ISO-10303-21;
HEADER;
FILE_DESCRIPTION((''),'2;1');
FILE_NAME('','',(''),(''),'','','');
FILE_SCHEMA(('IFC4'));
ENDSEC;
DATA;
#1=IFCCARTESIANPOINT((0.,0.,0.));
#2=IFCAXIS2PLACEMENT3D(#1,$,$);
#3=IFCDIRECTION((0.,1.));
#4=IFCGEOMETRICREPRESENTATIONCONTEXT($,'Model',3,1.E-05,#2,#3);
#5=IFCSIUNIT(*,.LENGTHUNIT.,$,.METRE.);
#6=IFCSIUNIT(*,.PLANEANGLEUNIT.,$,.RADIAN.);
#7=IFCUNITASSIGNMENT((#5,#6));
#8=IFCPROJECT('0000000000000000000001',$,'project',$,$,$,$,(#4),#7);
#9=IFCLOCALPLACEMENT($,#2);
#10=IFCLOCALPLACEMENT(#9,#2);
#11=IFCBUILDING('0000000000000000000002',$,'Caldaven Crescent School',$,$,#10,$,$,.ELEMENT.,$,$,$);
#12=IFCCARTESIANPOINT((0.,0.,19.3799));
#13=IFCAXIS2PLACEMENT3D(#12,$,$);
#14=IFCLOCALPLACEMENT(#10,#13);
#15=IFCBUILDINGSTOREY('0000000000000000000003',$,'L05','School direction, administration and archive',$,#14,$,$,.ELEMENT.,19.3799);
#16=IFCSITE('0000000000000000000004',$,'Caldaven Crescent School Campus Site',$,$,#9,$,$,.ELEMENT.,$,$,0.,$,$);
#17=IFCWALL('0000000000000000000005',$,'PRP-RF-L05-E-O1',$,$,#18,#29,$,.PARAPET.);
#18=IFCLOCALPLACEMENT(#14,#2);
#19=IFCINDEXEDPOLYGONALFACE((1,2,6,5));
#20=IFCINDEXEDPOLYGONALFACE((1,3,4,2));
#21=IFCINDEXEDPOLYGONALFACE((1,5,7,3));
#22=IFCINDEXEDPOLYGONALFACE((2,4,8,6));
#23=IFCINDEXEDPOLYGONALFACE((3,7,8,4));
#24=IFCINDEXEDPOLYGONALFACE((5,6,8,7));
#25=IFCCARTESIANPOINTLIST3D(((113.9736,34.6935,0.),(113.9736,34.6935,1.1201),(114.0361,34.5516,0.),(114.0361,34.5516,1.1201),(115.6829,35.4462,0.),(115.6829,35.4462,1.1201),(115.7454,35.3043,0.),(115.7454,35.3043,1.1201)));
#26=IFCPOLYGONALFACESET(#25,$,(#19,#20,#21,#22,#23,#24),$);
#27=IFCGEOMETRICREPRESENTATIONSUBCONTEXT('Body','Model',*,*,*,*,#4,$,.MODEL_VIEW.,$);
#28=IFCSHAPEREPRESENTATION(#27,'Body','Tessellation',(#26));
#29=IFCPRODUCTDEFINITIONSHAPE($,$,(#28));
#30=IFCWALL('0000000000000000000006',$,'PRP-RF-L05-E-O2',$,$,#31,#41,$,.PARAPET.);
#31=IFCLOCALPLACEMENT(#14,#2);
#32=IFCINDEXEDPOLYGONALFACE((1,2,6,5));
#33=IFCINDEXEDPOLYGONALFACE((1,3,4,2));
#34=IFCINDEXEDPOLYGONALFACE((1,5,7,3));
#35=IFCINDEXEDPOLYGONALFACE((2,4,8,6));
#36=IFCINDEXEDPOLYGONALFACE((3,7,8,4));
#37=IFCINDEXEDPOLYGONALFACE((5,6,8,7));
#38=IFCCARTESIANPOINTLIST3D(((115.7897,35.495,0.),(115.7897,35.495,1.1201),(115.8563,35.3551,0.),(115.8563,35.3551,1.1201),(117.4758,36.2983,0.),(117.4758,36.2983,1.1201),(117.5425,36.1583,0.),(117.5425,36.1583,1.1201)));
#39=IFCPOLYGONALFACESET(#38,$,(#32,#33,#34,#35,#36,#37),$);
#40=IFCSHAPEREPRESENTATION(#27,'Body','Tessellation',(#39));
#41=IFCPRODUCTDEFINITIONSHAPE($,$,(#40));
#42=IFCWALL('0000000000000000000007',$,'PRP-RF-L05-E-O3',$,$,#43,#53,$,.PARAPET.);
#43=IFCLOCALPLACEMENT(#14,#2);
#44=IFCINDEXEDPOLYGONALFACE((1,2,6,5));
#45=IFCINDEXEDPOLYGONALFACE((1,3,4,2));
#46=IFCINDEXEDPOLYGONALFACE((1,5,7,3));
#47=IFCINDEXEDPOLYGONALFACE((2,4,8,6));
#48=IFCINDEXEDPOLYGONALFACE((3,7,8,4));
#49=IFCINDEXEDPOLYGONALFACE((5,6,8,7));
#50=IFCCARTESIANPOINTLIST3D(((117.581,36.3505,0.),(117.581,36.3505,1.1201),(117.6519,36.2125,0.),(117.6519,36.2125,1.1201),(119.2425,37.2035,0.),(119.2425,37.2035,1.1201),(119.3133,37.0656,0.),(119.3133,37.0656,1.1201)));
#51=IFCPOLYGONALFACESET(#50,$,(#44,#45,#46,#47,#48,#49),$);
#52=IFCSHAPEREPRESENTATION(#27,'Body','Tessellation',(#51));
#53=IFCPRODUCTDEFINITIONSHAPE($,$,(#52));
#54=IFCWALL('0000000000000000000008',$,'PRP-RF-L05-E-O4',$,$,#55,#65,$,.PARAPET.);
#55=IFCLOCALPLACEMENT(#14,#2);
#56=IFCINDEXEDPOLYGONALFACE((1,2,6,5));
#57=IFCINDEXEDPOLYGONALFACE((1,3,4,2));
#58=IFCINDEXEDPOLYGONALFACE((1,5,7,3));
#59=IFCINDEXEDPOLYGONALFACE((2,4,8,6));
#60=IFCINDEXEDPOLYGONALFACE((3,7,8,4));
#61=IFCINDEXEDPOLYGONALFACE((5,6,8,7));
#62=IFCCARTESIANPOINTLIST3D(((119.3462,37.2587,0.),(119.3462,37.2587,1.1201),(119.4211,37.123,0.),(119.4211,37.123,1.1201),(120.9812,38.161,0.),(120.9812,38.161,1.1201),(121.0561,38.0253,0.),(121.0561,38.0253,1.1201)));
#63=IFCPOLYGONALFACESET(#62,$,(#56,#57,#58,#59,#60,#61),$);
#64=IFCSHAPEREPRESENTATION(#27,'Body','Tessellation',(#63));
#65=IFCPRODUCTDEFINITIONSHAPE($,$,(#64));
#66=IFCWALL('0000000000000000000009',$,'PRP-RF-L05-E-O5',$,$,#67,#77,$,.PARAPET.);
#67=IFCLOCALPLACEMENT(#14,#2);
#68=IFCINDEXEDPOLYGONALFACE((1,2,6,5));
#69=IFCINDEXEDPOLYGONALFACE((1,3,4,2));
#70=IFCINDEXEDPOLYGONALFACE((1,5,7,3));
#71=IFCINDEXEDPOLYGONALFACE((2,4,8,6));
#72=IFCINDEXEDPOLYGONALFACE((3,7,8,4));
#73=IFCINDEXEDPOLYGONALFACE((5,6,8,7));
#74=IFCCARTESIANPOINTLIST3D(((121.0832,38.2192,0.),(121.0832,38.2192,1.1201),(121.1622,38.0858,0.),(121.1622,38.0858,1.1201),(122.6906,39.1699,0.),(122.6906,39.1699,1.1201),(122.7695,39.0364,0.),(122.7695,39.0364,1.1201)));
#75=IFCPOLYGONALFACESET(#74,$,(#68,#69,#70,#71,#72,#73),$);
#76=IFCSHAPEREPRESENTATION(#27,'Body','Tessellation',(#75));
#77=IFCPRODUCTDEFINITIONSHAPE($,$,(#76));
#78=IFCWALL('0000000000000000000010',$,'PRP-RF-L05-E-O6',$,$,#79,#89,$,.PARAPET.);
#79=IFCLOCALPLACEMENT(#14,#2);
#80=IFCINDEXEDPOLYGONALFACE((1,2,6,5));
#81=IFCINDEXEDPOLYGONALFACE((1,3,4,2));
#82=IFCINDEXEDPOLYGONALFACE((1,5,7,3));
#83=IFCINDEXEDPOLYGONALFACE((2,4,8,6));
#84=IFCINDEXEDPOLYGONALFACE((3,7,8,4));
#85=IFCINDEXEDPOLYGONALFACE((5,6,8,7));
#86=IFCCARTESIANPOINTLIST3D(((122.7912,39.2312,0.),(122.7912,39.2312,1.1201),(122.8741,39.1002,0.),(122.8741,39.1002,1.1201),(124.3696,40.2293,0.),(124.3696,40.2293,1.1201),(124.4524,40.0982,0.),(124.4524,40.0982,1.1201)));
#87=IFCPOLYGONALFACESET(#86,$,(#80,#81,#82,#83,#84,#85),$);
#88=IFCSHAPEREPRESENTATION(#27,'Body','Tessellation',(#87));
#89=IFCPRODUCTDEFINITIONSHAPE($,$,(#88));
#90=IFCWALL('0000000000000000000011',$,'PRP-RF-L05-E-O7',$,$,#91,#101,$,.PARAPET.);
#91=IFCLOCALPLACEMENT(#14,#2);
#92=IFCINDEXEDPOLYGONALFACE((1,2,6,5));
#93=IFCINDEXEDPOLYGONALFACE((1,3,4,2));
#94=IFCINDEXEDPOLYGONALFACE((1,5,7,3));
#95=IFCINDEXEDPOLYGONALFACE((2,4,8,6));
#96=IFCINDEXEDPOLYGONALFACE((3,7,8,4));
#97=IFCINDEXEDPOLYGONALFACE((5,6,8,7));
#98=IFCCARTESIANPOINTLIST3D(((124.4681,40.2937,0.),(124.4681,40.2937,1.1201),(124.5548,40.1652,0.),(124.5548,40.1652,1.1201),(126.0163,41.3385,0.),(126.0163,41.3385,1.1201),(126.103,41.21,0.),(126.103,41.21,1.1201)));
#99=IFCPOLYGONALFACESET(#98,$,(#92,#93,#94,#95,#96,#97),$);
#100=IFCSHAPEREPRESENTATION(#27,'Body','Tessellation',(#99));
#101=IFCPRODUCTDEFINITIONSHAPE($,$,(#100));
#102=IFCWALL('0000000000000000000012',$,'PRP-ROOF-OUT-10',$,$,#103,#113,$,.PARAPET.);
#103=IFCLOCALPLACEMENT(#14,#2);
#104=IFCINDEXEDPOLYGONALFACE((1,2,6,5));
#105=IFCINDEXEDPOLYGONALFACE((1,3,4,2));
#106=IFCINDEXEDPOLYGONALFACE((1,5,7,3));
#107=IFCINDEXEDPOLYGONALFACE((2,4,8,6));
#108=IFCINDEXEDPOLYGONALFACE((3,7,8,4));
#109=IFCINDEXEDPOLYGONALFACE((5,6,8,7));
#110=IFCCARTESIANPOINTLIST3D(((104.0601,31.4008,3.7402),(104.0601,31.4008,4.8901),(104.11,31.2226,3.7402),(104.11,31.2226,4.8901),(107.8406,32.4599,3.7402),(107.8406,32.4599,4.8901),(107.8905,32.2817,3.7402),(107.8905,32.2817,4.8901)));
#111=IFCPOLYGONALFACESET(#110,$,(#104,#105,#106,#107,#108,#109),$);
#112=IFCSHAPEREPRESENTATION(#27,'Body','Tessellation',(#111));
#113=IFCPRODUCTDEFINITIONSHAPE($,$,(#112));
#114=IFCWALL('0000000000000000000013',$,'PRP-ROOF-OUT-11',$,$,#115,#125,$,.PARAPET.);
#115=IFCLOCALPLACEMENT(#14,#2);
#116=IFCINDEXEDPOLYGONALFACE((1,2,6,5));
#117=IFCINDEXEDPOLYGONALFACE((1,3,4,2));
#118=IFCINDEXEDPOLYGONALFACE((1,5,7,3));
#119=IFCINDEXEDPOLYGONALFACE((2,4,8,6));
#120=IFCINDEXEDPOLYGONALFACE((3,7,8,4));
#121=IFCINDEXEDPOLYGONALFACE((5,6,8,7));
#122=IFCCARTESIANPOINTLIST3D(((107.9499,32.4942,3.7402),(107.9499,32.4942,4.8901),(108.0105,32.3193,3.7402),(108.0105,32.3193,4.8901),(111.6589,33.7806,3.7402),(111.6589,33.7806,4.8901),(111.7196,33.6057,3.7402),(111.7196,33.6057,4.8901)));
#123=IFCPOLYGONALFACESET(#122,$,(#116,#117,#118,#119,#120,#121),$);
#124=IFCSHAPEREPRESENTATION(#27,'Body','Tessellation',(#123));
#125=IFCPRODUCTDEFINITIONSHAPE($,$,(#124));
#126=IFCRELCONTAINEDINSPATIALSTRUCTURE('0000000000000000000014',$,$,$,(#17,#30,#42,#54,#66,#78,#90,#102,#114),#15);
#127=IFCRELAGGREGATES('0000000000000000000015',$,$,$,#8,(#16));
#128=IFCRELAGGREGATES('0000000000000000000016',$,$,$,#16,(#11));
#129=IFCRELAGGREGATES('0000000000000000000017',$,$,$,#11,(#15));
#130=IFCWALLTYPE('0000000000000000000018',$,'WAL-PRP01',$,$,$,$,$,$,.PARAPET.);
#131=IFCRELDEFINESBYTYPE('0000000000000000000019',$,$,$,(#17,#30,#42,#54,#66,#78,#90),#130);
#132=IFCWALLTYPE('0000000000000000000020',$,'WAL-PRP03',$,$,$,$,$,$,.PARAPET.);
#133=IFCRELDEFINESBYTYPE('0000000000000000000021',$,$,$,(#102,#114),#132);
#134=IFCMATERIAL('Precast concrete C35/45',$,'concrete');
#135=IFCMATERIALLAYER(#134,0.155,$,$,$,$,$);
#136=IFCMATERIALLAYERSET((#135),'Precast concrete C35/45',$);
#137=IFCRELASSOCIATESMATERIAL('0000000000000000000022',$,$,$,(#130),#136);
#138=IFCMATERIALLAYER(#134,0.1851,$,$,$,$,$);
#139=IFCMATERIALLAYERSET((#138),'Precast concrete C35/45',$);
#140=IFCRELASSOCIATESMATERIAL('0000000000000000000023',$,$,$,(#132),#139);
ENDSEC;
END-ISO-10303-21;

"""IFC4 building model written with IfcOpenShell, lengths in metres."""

from ifc_helpers import new_model, si_unit, direction, frame, frame_2d, origin, place, context, subcontext, project, spatial, rectangle, extrude, material, layer, layer_set, type_object, element, save


model = new_model("IFC4")

# Units and contexts
model_context = context("Model", 3, precision=1e-05, world=origin(), true_north=direction((0.0, 1.0)))
body_context = subcontext(model_context, "Body", "Model", "MODEL_VIEW")
ifc_project = project(units=[si_unit("LENGTHUNIT", "METRE"), si_unit("PLANEANGLEUNIT", "RADIAN")], contexts=[model_context])

# Site, building, storey
site_placement = place(None, origin())
site = spatial("IfcSite", under=ifc_project, at=site_placement, Name="Caldaven Crescent School Campus Site", CompositionType="ELEMENT", RefElevation=0.0)
building_placement = place(site_placement, origin())
building = spatial("IfcBuilding", under=site, at=building_placement, Name="Caldaven Crescent School", CompositionType="ELEMENT")
storey_placement = place(building_placement, frame((0.0, 0.0, 19.3799)))
storey = spatial("IfcBuildingStorey", under=building, at=storey_placement, Name="L05", Description="School direction, administration and archive", CompositionType="ELEMENT", Elevation=19.3799)

# Shared definitions
ifc_material_1 = material(Name="Precast concrete C35/45", Category="concrete")

# Walls
ifc_layer_1 = layer(ifc_material_1, 0.155)
ifc_layer_set_1 = layer_set([ifc_layer_1], Name="Precast concrete C35/45")
wall_type_1 = type_object("IfcWallType", Name="WAL-PRP01", PredefinedType="PARAPET", material=ifc_layer_set_1)
for number, where, z_axis, x_axis, name in (
    (1, (114.0049, 34.6226, 0.0), (0.0, 0.0, 1.0), (0.915192, 0.403019, 0.0), "PRP-RF-L05-E-O1"),
    (2, (115.823, 35.425, 0.0), (0.0, 0.0, 1.0), (0.902788, 0.430086, 0.0), "PRP-RF-L05-E-O2"),
    (3, (117.6165, 36.2815, 0.0), (0.0, 0.0, 1.0), (0.889591, 0.456757, 0.0), "PRP-RF-L05-E-O3"),
):
    element("IfcWall", number, at=place(storey_placement, frame(where, z_axis=z_axis, x_axis=x_axis)), inside=storey, type_object=wall_type_1, Name=name, PredefinedType="PARAPET", context=body_context, shape_type="SweptSolid", body=[
        extrude(rectangle(XDim=1.8677, YDim=0.155, at=frame_2d((0.9338, 0.0))), origin(), (0.0, 0.0, 1.0), 1.1201),
    ])
for number, where, z_axis, x_axis, name in (
    (4, (119.3838, 37.1909, 0.0), (0.0, 0.0, 1.0), (0.875517, 0.483188, 0.0), "PRP-RF-L05-E-O4"),
    (5, (121.1228, 38.1526, 0.0), (0.0, 0.0, 1.0), (0.860729, 0.509064, 0.0), "PRP-RF-L05-E-O5"),
    (6, (122.8328, 39.1658, 0.0), (0.0, 0.0, 1.0), (0.845203, 0.534445, 0.0), "PRP-RF-L05-E-O6"),
):
    element("IfcWall", number, at=place(storey_placement, frame(where, z_axis=z_axis, x_axis=x_axis)), inside=storey, type_object=wall_type_1, Name=name, PredefinedType="PARAPET", context=body_context, shape_type="SweptSolid", body=[
        extrude(rectangle(XDim=1.8674, YDim=0.155, at=frame_2d((0.9336, 0.0))), origin(), (0.0, 0.0, 1.0), 1.1201),
    ])
wall_1_placement = place(storey_placement, frame((124.5115, 40.2295, 0.0), z_axis=(0.0, 0.0, 1.0), x_axis=(0.82892, 0.559367, 0.0)))
element("IfcWall", 7, at=wall_1_placement, inside=storey, type_object=wall_type_1, Name="PRP-RF-L05-E-O7", PredefinedType="PARAPET", context=body_context, shape_type="SweptSolid", body=[
    extrude(rectangle(XDim=1.8677, YDim=0.155, at=frame_2d((0.9338, 0.0))), origin(), (0.0, 0.0, 1.0), 1.1201),
])
ifc_layer_2 = layer(ifc_material_1, 0.1851)
ifc_layer_set_2 = layer_set([ifc_layer_2], Name="Precast concrete C35/45")
wall_type_2 = type_object("IfcWallType", Name="WAL-PRP03", PredefinedType="PARAPET", material=ifc_layer_set_2)
wall_2_placement = place(storey_placement, frame((104.0852, 31.3118, 3.7402), z_axis=(0.0, 0.0, 1.0), x_axis=(0.962928, 0.269757, 0.0)))
element("IfcWall", 8, at=wall_2_placement, inside=storey, type_object=wall_type_2, Name="PRP-ROOF-OUT-10", PredefinedType="PARAPET", context=body_context, shape_type="SweptSolid", body=[
    extrude(rectangle(XDim=3.926, YDim=0.1851, at=frame_2d((1.9629, 0.0))), origin(), (0.0, 0.0, 1.0), 1.1499),
])
wall_3_placement = place(storey_placement, frame((107.9802, 32.4067, 3.7402), z_axis=(0.0, 0.0, 1.0), x_axis=(0.944789, 0.327679, 0.0)))
element("IfcWall", 9, at=wall_3_placement, inside=storey, type_object=wall_type_2, Name="PRP-ROOF-OUT-11", PredefinedType="PARAPET", context=body_context, shape_type="SweptSolid", body=[
    extrude(rectangle(XDim=3.9258, YDim=0.1851, at=frame_2d((1.9629, 0.0))), origin(), (0.0, 0.0, 1.0), 1.1499),
])

save(model, "model.ifc")
